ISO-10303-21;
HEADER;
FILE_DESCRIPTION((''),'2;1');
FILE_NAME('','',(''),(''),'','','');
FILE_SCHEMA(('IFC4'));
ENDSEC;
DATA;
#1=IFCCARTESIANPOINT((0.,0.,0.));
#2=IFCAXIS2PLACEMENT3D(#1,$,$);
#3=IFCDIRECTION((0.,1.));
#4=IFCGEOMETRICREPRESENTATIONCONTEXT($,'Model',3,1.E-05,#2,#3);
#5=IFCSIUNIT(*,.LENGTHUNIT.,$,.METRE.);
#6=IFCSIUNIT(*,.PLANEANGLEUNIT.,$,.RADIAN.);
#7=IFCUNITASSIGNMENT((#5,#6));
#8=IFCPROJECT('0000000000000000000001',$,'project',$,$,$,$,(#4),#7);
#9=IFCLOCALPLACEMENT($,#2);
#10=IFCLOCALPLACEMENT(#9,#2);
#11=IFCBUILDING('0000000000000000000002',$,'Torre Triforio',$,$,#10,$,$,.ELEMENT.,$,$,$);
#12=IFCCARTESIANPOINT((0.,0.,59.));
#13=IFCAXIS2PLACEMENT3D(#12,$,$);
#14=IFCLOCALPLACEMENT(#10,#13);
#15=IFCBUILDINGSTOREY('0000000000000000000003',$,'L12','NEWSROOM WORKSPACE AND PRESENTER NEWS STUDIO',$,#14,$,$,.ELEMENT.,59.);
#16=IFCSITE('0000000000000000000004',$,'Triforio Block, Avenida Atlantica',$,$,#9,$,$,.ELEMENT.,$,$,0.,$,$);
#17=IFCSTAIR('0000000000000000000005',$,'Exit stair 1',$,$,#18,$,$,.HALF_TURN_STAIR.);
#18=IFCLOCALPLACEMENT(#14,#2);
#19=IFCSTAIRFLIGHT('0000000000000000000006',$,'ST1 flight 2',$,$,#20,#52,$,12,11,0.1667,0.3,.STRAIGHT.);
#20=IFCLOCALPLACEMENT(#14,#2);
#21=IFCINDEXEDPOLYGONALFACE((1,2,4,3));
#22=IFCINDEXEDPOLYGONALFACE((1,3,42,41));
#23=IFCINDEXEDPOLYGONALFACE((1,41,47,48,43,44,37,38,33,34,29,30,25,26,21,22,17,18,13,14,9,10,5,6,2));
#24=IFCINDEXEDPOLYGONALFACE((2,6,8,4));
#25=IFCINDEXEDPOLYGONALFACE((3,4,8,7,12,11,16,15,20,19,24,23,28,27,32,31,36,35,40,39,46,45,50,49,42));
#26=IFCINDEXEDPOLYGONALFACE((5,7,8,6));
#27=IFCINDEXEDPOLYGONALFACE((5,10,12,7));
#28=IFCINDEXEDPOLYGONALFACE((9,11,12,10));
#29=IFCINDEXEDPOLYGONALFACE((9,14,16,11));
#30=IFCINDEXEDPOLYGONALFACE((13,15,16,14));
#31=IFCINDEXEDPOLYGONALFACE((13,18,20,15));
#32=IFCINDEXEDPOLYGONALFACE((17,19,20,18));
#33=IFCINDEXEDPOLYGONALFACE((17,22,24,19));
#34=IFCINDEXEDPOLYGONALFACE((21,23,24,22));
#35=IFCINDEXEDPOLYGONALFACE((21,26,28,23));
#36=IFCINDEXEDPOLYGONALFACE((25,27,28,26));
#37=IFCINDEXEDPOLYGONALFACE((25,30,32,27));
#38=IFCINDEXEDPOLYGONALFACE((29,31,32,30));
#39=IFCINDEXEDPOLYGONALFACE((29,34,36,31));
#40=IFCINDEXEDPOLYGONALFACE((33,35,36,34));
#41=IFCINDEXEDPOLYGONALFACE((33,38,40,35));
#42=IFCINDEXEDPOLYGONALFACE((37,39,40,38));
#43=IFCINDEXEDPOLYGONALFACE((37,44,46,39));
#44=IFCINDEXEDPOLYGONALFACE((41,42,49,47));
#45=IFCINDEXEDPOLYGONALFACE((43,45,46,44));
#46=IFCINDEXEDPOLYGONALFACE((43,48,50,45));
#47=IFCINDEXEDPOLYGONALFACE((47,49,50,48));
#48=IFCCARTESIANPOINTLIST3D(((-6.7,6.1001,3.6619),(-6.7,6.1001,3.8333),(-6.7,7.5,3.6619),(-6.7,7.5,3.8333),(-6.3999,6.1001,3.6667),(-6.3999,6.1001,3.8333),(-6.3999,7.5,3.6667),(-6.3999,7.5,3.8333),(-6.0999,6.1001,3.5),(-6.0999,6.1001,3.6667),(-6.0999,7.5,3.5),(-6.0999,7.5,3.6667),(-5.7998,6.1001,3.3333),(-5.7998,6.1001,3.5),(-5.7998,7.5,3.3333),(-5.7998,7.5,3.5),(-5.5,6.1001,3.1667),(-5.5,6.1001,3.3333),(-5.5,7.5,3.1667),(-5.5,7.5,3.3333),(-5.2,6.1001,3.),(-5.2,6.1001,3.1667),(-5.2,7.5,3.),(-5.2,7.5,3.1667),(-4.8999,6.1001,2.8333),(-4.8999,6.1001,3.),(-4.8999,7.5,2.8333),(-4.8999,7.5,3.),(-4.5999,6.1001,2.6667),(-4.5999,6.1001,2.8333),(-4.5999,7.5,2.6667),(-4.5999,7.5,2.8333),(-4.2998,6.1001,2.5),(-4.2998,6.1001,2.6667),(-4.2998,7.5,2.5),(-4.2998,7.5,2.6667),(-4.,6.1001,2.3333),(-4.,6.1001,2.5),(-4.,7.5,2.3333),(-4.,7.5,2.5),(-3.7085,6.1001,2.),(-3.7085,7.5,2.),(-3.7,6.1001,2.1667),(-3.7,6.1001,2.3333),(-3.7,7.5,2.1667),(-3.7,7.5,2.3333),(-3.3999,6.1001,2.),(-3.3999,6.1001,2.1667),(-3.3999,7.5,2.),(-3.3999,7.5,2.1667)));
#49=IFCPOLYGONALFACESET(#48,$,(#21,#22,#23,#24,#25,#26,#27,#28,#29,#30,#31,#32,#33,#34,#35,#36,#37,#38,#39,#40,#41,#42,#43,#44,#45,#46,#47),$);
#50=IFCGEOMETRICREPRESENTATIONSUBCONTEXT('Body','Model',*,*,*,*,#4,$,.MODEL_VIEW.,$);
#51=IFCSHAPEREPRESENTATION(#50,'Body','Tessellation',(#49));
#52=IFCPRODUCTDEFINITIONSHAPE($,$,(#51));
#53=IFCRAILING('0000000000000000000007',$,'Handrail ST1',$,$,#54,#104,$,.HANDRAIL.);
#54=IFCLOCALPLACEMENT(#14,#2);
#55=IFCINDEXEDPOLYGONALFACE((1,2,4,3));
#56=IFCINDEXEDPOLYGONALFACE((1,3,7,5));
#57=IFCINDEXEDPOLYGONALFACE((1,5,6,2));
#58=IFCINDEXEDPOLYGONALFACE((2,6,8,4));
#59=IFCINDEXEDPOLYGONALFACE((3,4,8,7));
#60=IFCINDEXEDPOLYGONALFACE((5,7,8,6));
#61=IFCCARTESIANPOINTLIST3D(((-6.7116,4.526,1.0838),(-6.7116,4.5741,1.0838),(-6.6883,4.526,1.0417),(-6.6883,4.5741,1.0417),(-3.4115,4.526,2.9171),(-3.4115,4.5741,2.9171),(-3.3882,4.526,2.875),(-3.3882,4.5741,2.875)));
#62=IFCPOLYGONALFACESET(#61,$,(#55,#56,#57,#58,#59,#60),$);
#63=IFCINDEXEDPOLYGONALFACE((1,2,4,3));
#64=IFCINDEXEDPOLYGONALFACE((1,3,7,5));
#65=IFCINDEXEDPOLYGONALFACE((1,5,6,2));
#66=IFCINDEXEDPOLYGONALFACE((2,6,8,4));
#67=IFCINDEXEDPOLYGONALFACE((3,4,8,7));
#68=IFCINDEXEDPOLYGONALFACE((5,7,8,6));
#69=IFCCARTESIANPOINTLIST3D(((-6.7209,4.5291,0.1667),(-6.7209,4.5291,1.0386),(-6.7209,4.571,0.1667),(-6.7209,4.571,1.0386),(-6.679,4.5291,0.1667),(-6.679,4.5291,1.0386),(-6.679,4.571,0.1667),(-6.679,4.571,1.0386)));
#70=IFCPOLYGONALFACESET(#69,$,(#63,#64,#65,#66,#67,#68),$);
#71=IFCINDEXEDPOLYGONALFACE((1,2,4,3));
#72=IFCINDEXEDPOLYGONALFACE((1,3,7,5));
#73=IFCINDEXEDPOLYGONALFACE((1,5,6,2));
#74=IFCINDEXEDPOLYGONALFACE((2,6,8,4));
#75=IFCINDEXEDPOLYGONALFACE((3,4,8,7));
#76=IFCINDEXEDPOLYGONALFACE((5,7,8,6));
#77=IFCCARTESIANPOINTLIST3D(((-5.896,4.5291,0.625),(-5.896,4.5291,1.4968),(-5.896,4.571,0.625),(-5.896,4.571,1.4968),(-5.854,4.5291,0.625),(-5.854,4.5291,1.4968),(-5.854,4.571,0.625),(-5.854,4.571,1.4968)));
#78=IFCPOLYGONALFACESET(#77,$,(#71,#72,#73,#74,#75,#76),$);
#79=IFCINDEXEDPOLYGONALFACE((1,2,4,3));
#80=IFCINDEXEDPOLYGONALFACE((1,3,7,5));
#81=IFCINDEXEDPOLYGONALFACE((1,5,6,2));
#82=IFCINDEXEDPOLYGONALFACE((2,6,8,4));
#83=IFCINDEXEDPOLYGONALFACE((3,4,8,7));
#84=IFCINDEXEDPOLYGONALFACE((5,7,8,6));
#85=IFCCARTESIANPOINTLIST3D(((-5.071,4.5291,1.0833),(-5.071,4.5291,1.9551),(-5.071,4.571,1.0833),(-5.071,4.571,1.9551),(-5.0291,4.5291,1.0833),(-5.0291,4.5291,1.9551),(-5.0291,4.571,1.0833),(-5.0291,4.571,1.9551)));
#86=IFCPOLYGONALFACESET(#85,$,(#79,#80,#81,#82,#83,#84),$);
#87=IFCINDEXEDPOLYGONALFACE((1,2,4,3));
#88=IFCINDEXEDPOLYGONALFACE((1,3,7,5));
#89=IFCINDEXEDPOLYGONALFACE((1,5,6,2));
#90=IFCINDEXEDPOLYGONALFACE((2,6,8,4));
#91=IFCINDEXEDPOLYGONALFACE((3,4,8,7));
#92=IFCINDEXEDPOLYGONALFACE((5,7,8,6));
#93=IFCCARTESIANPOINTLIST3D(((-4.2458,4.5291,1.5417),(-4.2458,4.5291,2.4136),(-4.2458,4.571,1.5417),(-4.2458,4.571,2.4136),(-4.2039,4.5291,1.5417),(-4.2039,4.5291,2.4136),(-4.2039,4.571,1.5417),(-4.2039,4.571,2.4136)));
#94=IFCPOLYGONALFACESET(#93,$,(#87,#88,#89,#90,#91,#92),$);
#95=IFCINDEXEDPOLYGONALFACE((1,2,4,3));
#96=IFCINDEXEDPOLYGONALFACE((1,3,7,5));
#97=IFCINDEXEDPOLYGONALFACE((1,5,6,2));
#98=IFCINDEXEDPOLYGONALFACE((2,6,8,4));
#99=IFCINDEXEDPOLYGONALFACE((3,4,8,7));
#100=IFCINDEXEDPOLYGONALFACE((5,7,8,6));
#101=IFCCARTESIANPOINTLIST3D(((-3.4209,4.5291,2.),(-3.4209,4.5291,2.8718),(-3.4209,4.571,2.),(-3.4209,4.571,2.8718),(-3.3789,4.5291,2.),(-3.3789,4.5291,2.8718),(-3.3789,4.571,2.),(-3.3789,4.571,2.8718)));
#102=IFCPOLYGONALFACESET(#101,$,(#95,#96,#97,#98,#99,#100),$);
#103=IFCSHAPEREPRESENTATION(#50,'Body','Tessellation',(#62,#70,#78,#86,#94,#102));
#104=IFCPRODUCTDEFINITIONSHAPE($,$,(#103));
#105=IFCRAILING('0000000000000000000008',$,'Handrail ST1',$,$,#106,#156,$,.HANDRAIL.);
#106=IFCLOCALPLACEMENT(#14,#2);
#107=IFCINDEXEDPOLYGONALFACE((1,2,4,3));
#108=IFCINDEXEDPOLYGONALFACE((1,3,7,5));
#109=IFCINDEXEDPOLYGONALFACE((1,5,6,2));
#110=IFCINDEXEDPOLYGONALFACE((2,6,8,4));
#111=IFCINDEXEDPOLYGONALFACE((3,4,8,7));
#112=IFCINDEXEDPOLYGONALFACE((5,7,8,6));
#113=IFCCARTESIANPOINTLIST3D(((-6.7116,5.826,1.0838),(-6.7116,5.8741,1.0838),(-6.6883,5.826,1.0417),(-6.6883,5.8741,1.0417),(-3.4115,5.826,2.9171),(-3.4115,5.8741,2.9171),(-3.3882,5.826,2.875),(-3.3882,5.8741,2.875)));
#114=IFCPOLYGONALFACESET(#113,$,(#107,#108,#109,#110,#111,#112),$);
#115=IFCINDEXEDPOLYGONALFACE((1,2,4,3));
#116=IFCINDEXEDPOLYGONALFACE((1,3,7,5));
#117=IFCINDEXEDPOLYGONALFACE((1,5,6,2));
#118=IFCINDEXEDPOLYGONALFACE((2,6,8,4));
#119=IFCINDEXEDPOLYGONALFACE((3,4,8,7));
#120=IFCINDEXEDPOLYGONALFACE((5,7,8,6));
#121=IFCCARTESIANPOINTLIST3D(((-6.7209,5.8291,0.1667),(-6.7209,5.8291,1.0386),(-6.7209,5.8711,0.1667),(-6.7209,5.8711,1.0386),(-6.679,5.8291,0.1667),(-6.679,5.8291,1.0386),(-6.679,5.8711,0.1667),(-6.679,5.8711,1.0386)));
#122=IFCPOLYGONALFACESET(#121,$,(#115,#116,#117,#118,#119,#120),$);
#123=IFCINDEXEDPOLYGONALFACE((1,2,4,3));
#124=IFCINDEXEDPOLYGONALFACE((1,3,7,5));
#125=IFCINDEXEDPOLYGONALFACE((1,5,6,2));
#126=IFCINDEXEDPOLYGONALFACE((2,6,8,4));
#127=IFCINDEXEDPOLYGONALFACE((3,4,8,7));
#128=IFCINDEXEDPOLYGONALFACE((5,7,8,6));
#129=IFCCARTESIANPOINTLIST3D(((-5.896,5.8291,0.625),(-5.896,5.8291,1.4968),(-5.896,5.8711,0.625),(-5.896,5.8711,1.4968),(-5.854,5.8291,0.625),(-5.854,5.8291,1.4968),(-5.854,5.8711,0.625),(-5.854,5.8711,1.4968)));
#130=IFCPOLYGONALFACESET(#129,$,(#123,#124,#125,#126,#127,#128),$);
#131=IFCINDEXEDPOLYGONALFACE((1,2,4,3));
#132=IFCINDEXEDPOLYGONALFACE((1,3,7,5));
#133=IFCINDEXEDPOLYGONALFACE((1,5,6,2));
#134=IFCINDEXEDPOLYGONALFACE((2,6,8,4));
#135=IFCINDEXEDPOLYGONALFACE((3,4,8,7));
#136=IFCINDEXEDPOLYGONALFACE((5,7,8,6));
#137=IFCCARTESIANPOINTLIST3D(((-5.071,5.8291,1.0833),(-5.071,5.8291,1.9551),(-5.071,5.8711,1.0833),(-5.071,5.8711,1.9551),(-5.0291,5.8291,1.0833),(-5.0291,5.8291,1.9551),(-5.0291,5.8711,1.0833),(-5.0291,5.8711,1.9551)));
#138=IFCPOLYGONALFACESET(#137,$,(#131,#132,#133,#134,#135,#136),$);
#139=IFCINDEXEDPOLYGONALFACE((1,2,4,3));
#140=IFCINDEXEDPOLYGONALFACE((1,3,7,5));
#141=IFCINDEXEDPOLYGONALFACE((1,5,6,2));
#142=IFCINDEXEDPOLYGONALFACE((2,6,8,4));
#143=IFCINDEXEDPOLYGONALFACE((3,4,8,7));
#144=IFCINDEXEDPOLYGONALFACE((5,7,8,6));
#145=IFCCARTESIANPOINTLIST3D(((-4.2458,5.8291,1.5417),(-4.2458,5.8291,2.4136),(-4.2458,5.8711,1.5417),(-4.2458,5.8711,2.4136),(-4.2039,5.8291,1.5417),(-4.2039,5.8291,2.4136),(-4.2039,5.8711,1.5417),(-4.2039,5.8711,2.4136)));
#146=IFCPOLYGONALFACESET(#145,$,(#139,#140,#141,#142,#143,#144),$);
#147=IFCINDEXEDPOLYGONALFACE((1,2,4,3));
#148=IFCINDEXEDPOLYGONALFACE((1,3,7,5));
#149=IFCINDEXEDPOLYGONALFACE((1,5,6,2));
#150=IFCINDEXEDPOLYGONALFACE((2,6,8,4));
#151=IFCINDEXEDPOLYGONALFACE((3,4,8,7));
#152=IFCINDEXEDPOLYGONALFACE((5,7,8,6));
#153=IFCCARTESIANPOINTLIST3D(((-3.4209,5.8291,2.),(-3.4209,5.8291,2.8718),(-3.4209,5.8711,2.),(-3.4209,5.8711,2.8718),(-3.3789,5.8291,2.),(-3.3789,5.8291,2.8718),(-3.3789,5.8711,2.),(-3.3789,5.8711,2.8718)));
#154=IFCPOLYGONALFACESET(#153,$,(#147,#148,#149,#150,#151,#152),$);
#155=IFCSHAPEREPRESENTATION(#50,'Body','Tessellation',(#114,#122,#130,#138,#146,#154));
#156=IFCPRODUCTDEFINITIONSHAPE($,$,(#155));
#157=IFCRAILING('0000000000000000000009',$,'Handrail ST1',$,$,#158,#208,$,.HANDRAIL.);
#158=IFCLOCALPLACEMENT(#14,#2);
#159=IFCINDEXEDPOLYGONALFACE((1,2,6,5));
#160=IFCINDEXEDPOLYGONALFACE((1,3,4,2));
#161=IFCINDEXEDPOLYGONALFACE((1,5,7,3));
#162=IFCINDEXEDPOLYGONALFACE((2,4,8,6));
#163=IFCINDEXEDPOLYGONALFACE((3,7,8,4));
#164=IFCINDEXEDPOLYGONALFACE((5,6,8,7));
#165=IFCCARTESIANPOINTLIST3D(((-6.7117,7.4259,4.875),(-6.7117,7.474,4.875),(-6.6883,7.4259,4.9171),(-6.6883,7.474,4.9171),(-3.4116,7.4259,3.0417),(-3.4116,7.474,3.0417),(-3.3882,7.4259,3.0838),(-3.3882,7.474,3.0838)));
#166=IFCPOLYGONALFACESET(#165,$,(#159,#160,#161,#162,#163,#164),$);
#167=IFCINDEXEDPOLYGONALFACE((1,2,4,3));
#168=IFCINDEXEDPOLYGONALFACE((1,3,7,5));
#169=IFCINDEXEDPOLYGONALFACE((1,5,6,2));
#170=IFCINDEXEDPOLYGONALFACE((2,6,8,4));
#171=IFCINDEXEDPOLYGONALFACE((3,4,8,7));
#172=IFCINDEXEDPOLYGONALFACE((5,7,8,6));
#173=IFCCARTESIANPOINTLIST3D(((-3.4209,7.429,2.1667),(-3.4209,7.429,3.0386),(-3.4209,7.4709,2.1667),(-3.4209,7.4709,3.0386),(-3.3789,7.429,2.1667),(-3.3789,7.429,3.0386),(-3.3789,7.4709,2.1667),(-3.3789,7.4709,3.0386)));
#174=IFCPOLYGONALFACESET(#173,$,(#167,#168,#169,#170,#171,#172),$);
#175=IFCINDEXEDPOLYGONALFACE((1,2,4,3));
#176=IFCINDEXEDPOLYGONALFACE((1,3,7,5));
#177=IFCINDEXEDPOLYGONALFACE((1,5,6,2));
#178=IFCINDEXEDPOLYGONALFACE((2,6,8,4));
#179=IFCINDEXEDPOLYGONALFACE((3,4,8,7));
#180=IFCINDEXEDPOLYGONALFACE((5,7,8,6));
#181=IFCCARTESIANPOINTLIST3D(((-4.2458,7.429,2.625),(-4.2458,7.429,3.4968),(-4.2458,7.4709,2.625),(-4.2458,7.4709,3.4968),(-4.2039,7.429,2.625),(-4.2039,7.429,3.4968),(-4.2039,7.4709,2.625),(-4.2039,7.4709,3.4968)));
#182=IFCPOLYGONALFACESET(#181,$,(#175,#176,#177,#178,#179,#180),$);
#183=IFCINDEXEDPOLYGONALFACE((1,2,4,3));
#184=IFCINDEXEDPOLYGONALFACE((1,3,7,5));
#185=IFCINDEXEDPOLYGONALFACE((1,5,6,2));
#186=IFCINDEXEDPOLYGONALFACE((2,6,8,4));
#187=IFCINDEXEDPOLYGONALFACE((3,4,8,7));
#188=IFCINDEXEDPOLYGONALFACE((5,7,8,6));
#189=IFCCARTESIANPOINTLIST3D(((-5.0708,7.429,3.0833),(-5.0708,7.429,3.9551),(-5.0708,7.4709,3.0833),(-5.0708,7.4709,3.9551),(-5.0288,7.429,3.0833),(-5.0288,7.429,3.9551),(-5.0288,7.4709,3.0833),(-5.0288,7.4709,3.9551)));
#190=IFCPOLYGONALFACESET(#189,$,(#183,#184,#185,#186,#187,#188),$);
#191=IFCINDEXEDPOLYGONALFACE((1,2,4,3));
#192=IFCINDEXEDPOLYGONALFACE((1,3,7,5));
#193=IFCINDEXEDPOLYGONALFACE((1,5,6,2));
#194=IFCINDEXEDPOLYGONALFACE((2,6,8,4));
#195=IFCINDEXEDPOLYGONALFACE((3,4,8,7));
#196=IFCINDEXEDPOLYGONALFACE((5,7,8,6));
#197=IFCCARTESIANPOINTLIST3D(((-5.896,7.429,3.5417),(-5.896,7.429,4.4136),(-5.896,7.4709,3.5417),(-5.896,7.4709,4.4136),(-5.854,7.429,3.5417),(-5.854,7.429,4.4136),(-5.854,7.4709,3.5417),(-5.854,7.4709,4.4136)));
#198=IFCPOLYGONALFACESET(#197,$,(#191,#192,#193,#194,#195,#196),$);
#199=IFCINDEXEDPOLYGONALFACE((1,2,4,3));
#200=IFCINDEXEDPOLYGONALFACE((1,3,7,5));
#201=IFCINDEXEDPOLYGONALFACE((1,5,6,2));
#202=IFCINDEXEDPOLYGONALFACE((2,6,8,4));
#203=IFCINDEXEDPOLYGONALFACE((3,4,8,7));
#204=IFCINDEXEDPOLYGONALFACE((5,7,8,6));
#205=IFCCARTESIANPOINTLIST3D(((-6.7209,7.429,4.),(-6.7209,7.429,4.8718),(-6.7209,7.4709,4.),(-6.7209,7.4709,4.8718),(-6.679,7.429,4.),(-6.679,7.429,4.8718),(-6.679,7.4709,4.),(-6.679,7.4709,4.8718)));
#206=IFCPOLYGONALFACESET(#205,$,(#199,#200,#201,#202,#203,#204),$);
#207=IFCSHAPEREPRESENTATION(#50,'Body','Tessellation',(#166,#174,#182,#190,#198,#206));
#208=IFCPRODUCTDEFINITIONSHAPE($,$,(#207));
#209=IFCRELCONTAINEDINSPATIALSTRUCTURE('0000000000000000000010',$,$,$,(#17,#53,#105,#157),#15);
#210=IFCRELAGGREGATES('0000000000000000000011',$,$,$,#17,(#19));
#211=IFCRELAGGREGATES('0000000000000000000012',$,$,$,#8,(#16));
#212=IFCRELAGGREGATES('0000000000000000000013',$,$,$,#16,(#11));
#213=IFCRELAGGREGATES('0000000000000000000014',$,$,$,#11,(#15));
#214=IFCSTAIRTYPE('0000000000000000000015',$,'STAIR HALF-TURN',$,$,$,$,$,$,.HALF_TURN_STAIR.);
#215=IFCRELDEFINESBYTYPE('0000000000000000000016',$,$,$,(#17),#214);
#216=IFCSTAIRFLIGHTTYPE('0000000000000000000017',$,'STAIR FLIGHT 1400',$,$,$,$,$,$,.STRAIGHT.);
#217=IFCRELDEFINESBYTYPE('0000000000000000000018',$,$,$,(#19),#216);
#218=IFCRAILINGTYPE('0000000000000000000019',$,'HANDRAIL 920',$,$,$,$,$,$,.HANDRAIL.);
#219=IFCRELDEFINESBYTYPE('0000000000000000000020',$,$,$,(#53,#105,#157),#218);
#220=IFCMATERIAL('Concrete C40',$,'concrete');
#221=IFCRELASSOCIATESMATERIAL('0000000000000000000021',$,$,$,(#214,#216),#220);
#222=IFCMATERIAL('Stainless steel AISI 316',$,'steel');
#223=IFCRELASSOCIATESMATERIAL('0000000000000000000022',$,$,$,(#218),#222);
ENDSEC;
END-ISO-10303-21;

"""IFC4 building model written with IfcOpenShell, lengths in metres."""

from ifc_helpers import new_model, si_unit, direction, frame, origin, origin_2d, place, context, subcontext, project, spatial, polyline, rectangle, outline, extrude, material, type_object, element, aggregate, save


model = new_model("IFC4")

# Units and contexts
model_context = context("Model", 3, precision=1e-05, world=origin(), true_north=direction((0.0, 1.0)))
body_context = subcontext(model_context, "Body", "Model", "MODEL_VIEW")
ifc_project = project(units=[si_unit("LENGTHUNIT", "METRE"), si_unit("PLANEANGLEUNIT", "RADIAN")], contexts=[model_context])

# Site, building, storey
site_placement = place(None, origin())
site = spatial("IfcSite", under=ifc_project, at=site_placement, Name="Triforio Block, Avenida Atlantica", CompositionType="ELEMENT", RefElevation=0.0)
building_placement = place(site_placement, origin())
building = spatial("IfcBuilding", under=site, at=building_placement, Name="Torre Triforio", CompositionType="ELEMENT")
storey_placement = place(building_placement, frame((0.0, 0.0, 59.0)))
storey = spatial("IfcBuildingStorey", under=building, at=storey_placement, Name="L12", Description="NEWSROOM WORKSPACE AND PRESENTER NEWS STUDIO", CompositionType="ELEMENT", Elevation=59.0)

# Stair, stair flight
ifc_material_1 = material(Name="Concrete C40", Category="concrete")
stair_type = type_object("IfcStairType", Name="STAIR HALF-TURN", PredefinedType="HALF_TURN_STAIR", material=ifc_material_1)
stair_placement = place(storey_placement, origin())
stair = element("IfcStair", 1, at=stair_placement, inside=storey, type_object=stair_type, Name="Exit stair 1", PredefinedType="HALF_TURN_STAIR")
stair_flight_type = type_object("IfcStairFlightType", Name="STAIR FLIGHT 1400", PredefinedType="STRAIGHT", material=ifc_material_1)
stair_flight_1_placement = place(storey_placement, frame((-3.3999, 6.8, 2.0), z_axis=(0.0, 0.0, 1.0), x_axis=(-1.0, 0.0, 0.0)))
stair_flight_1 = element("IfcStairFlight", 2, at=stair_flight_1_placement, type_object=stair_flight_type, Name="ST1 flight 2", NumberOfRisers=12, NumberOfTreads=11, PredefinedType="STRAIGHT", RiserHeight=0.1667, TreadLength=0.3, context=body_context, shape_type="SweptSolid", body=[
    extrude(outline(polyline([(0.0, 0.0), (0.0, 0.1667), (0.3, 0.1667), (0.3, 0.3333), (0.6001, 0.3333), (0.6001, 0.5), (0.8999, 0.5), (0.8999, 0.6667), (1.2, 0.6667), (1.2, 0.8333), (1.5, 0.8333), (1.5, 1.0), (1.8, 1.0), (1.8, 1.1667), (2.1001, 1.1667), (2.1001, 1.3333), (2.3999, 1.3333), (2.3999, 1.5), (2.7, 1.5), (2.7, 1.6667), (3.0, 1.6667), (3.0, 1.8333), (3.3, 1.8333), (3.3, 2.0), (3.3, 1.6619), (0.3086, 0.0), (0.0, 0.0)])), frame((0.0, 0.7, 0.0), z_axis=(0.0, -1.0, 0.0), x_axis=(1.0, 0.0, 0.0)), (0.0, 0.0, 1.0), 1.3999),
])
aggregate(stair, [stair_flight_1])

# Railings
ifc_material_2 = material(Name="Stainless steel AISI 316", Category="steel")
railing_type = type_object("IfcRailingType", Name="HANDRAIL 920", PredefinedType="HANDRAIL", material=ifc_material_2)
for number, where, name in (
    (3, (-6.7, 4.55, 0.1667), "Handrail ST1"),
    (4, (-6.7, 5.8501, 0.1667), "Handrail ST1"),
):
    element("IfcRailing", number, at=place(storey_placement, frame(where)), inside=storey, type_object=railing_type, Name=name, PredefinedType="HANDRAIL", context=body_context, shape_type="SweptSolid", body=[
        extrude(rectangle(XDim=0.0481, YDim=0.0481, at=origin_2d()), frame((0.0, 0.0, 0.896), z_axis=(0.874169, 0.0, 0.485621), x_axis=(0.0, 1.0, 0.0)), (0.0, 0.0, 1.0), 3.7751),
        extrude(rectangle(XDim=0.042, YDim=0.042, at=origin_2d()), origin(), (0.0, 0.0, 1.0), 0.8718),
        extrude(rectangle(XDim=0.042, YDim=0.042, at=origin_2d()), frame((0.825, 0.0, 0.4583)), (0.0, 0.0, 1.0), 0.8718),
        extrude(rectangle(XDim=0.042, YDim=0.042, at=origin_2d()), frame((1.6499, 0.0, 0.9165)), (0.0, 0.0, 1.0), 0.8718),
        extrude(rectangle(XDim=0.042, YDim=0.042, at=origin_2d()), frame((2.4751, 0.0, 1.375)), (0.0, 0.0, 1.0), 0.8718),
        extrude(rectangle(XDim=0.042, YDim=0.042, at=origin_2d()), frame((3.3, 0.0, 1.8333)), (0.0, 0.0, 1.0), 0.8718),
    ])
for number, where, name in (
    (5, (-3.3999, 7.45, 2.1667), "Handrail ST1"),
):
    element("IfcRailing", number, at=place(storey_placement, frame(where)), inside=storey, type_object=railing_type, Name=name, PredefinedType="HANDRAIL", context=body_context, shape_type="SweptSolid", body=[
        extrude(rectangle(XDim=0.0481, YDim=0.0481, at=origin_2d()), frame((0.0, 0.0, 0.896), z_axis=(-0.874169, 0.0, 0.485621), x_axis=(0.0, -1.0, 0.0)), (0.0, 0.0, 1.0), 3.7751),
        extrude(rectangle(XDim=0.042, YDim=0.042, at=origin_2d()), origin(), (0.0, 0.0, 1.0), 0.8718),
        extrude(rectangle(XDim=0.042, YDim=0.042, at=origin_2d()), frame((-0.825, 0.0, 0.4583)), (0.0, 0.0, 1.0), 0.8718),
        extrude(rectangle(XDim=0.042, YDim=0.042, at=origin_2d()), frame((-1.6499, 0.0, 0.9165)), (0.0, 0.0, 1.0), 0.8718),
        extrude(rectangle(XDim=0.042, YDim=0.042, at=origin_2d()), frame((-2.4751, 0.0, 1.375)), (0.0, 0.0, 1.0), 0.8718),
        extrude(rectangle(XDim=0.042, YDim=0.042, at=origin_2d()), frame((-3.3, 0.0, 1.8333)), (0.0, 0.0, 1.0), 0.8718),
    ])

save(model, "model.ifc")
